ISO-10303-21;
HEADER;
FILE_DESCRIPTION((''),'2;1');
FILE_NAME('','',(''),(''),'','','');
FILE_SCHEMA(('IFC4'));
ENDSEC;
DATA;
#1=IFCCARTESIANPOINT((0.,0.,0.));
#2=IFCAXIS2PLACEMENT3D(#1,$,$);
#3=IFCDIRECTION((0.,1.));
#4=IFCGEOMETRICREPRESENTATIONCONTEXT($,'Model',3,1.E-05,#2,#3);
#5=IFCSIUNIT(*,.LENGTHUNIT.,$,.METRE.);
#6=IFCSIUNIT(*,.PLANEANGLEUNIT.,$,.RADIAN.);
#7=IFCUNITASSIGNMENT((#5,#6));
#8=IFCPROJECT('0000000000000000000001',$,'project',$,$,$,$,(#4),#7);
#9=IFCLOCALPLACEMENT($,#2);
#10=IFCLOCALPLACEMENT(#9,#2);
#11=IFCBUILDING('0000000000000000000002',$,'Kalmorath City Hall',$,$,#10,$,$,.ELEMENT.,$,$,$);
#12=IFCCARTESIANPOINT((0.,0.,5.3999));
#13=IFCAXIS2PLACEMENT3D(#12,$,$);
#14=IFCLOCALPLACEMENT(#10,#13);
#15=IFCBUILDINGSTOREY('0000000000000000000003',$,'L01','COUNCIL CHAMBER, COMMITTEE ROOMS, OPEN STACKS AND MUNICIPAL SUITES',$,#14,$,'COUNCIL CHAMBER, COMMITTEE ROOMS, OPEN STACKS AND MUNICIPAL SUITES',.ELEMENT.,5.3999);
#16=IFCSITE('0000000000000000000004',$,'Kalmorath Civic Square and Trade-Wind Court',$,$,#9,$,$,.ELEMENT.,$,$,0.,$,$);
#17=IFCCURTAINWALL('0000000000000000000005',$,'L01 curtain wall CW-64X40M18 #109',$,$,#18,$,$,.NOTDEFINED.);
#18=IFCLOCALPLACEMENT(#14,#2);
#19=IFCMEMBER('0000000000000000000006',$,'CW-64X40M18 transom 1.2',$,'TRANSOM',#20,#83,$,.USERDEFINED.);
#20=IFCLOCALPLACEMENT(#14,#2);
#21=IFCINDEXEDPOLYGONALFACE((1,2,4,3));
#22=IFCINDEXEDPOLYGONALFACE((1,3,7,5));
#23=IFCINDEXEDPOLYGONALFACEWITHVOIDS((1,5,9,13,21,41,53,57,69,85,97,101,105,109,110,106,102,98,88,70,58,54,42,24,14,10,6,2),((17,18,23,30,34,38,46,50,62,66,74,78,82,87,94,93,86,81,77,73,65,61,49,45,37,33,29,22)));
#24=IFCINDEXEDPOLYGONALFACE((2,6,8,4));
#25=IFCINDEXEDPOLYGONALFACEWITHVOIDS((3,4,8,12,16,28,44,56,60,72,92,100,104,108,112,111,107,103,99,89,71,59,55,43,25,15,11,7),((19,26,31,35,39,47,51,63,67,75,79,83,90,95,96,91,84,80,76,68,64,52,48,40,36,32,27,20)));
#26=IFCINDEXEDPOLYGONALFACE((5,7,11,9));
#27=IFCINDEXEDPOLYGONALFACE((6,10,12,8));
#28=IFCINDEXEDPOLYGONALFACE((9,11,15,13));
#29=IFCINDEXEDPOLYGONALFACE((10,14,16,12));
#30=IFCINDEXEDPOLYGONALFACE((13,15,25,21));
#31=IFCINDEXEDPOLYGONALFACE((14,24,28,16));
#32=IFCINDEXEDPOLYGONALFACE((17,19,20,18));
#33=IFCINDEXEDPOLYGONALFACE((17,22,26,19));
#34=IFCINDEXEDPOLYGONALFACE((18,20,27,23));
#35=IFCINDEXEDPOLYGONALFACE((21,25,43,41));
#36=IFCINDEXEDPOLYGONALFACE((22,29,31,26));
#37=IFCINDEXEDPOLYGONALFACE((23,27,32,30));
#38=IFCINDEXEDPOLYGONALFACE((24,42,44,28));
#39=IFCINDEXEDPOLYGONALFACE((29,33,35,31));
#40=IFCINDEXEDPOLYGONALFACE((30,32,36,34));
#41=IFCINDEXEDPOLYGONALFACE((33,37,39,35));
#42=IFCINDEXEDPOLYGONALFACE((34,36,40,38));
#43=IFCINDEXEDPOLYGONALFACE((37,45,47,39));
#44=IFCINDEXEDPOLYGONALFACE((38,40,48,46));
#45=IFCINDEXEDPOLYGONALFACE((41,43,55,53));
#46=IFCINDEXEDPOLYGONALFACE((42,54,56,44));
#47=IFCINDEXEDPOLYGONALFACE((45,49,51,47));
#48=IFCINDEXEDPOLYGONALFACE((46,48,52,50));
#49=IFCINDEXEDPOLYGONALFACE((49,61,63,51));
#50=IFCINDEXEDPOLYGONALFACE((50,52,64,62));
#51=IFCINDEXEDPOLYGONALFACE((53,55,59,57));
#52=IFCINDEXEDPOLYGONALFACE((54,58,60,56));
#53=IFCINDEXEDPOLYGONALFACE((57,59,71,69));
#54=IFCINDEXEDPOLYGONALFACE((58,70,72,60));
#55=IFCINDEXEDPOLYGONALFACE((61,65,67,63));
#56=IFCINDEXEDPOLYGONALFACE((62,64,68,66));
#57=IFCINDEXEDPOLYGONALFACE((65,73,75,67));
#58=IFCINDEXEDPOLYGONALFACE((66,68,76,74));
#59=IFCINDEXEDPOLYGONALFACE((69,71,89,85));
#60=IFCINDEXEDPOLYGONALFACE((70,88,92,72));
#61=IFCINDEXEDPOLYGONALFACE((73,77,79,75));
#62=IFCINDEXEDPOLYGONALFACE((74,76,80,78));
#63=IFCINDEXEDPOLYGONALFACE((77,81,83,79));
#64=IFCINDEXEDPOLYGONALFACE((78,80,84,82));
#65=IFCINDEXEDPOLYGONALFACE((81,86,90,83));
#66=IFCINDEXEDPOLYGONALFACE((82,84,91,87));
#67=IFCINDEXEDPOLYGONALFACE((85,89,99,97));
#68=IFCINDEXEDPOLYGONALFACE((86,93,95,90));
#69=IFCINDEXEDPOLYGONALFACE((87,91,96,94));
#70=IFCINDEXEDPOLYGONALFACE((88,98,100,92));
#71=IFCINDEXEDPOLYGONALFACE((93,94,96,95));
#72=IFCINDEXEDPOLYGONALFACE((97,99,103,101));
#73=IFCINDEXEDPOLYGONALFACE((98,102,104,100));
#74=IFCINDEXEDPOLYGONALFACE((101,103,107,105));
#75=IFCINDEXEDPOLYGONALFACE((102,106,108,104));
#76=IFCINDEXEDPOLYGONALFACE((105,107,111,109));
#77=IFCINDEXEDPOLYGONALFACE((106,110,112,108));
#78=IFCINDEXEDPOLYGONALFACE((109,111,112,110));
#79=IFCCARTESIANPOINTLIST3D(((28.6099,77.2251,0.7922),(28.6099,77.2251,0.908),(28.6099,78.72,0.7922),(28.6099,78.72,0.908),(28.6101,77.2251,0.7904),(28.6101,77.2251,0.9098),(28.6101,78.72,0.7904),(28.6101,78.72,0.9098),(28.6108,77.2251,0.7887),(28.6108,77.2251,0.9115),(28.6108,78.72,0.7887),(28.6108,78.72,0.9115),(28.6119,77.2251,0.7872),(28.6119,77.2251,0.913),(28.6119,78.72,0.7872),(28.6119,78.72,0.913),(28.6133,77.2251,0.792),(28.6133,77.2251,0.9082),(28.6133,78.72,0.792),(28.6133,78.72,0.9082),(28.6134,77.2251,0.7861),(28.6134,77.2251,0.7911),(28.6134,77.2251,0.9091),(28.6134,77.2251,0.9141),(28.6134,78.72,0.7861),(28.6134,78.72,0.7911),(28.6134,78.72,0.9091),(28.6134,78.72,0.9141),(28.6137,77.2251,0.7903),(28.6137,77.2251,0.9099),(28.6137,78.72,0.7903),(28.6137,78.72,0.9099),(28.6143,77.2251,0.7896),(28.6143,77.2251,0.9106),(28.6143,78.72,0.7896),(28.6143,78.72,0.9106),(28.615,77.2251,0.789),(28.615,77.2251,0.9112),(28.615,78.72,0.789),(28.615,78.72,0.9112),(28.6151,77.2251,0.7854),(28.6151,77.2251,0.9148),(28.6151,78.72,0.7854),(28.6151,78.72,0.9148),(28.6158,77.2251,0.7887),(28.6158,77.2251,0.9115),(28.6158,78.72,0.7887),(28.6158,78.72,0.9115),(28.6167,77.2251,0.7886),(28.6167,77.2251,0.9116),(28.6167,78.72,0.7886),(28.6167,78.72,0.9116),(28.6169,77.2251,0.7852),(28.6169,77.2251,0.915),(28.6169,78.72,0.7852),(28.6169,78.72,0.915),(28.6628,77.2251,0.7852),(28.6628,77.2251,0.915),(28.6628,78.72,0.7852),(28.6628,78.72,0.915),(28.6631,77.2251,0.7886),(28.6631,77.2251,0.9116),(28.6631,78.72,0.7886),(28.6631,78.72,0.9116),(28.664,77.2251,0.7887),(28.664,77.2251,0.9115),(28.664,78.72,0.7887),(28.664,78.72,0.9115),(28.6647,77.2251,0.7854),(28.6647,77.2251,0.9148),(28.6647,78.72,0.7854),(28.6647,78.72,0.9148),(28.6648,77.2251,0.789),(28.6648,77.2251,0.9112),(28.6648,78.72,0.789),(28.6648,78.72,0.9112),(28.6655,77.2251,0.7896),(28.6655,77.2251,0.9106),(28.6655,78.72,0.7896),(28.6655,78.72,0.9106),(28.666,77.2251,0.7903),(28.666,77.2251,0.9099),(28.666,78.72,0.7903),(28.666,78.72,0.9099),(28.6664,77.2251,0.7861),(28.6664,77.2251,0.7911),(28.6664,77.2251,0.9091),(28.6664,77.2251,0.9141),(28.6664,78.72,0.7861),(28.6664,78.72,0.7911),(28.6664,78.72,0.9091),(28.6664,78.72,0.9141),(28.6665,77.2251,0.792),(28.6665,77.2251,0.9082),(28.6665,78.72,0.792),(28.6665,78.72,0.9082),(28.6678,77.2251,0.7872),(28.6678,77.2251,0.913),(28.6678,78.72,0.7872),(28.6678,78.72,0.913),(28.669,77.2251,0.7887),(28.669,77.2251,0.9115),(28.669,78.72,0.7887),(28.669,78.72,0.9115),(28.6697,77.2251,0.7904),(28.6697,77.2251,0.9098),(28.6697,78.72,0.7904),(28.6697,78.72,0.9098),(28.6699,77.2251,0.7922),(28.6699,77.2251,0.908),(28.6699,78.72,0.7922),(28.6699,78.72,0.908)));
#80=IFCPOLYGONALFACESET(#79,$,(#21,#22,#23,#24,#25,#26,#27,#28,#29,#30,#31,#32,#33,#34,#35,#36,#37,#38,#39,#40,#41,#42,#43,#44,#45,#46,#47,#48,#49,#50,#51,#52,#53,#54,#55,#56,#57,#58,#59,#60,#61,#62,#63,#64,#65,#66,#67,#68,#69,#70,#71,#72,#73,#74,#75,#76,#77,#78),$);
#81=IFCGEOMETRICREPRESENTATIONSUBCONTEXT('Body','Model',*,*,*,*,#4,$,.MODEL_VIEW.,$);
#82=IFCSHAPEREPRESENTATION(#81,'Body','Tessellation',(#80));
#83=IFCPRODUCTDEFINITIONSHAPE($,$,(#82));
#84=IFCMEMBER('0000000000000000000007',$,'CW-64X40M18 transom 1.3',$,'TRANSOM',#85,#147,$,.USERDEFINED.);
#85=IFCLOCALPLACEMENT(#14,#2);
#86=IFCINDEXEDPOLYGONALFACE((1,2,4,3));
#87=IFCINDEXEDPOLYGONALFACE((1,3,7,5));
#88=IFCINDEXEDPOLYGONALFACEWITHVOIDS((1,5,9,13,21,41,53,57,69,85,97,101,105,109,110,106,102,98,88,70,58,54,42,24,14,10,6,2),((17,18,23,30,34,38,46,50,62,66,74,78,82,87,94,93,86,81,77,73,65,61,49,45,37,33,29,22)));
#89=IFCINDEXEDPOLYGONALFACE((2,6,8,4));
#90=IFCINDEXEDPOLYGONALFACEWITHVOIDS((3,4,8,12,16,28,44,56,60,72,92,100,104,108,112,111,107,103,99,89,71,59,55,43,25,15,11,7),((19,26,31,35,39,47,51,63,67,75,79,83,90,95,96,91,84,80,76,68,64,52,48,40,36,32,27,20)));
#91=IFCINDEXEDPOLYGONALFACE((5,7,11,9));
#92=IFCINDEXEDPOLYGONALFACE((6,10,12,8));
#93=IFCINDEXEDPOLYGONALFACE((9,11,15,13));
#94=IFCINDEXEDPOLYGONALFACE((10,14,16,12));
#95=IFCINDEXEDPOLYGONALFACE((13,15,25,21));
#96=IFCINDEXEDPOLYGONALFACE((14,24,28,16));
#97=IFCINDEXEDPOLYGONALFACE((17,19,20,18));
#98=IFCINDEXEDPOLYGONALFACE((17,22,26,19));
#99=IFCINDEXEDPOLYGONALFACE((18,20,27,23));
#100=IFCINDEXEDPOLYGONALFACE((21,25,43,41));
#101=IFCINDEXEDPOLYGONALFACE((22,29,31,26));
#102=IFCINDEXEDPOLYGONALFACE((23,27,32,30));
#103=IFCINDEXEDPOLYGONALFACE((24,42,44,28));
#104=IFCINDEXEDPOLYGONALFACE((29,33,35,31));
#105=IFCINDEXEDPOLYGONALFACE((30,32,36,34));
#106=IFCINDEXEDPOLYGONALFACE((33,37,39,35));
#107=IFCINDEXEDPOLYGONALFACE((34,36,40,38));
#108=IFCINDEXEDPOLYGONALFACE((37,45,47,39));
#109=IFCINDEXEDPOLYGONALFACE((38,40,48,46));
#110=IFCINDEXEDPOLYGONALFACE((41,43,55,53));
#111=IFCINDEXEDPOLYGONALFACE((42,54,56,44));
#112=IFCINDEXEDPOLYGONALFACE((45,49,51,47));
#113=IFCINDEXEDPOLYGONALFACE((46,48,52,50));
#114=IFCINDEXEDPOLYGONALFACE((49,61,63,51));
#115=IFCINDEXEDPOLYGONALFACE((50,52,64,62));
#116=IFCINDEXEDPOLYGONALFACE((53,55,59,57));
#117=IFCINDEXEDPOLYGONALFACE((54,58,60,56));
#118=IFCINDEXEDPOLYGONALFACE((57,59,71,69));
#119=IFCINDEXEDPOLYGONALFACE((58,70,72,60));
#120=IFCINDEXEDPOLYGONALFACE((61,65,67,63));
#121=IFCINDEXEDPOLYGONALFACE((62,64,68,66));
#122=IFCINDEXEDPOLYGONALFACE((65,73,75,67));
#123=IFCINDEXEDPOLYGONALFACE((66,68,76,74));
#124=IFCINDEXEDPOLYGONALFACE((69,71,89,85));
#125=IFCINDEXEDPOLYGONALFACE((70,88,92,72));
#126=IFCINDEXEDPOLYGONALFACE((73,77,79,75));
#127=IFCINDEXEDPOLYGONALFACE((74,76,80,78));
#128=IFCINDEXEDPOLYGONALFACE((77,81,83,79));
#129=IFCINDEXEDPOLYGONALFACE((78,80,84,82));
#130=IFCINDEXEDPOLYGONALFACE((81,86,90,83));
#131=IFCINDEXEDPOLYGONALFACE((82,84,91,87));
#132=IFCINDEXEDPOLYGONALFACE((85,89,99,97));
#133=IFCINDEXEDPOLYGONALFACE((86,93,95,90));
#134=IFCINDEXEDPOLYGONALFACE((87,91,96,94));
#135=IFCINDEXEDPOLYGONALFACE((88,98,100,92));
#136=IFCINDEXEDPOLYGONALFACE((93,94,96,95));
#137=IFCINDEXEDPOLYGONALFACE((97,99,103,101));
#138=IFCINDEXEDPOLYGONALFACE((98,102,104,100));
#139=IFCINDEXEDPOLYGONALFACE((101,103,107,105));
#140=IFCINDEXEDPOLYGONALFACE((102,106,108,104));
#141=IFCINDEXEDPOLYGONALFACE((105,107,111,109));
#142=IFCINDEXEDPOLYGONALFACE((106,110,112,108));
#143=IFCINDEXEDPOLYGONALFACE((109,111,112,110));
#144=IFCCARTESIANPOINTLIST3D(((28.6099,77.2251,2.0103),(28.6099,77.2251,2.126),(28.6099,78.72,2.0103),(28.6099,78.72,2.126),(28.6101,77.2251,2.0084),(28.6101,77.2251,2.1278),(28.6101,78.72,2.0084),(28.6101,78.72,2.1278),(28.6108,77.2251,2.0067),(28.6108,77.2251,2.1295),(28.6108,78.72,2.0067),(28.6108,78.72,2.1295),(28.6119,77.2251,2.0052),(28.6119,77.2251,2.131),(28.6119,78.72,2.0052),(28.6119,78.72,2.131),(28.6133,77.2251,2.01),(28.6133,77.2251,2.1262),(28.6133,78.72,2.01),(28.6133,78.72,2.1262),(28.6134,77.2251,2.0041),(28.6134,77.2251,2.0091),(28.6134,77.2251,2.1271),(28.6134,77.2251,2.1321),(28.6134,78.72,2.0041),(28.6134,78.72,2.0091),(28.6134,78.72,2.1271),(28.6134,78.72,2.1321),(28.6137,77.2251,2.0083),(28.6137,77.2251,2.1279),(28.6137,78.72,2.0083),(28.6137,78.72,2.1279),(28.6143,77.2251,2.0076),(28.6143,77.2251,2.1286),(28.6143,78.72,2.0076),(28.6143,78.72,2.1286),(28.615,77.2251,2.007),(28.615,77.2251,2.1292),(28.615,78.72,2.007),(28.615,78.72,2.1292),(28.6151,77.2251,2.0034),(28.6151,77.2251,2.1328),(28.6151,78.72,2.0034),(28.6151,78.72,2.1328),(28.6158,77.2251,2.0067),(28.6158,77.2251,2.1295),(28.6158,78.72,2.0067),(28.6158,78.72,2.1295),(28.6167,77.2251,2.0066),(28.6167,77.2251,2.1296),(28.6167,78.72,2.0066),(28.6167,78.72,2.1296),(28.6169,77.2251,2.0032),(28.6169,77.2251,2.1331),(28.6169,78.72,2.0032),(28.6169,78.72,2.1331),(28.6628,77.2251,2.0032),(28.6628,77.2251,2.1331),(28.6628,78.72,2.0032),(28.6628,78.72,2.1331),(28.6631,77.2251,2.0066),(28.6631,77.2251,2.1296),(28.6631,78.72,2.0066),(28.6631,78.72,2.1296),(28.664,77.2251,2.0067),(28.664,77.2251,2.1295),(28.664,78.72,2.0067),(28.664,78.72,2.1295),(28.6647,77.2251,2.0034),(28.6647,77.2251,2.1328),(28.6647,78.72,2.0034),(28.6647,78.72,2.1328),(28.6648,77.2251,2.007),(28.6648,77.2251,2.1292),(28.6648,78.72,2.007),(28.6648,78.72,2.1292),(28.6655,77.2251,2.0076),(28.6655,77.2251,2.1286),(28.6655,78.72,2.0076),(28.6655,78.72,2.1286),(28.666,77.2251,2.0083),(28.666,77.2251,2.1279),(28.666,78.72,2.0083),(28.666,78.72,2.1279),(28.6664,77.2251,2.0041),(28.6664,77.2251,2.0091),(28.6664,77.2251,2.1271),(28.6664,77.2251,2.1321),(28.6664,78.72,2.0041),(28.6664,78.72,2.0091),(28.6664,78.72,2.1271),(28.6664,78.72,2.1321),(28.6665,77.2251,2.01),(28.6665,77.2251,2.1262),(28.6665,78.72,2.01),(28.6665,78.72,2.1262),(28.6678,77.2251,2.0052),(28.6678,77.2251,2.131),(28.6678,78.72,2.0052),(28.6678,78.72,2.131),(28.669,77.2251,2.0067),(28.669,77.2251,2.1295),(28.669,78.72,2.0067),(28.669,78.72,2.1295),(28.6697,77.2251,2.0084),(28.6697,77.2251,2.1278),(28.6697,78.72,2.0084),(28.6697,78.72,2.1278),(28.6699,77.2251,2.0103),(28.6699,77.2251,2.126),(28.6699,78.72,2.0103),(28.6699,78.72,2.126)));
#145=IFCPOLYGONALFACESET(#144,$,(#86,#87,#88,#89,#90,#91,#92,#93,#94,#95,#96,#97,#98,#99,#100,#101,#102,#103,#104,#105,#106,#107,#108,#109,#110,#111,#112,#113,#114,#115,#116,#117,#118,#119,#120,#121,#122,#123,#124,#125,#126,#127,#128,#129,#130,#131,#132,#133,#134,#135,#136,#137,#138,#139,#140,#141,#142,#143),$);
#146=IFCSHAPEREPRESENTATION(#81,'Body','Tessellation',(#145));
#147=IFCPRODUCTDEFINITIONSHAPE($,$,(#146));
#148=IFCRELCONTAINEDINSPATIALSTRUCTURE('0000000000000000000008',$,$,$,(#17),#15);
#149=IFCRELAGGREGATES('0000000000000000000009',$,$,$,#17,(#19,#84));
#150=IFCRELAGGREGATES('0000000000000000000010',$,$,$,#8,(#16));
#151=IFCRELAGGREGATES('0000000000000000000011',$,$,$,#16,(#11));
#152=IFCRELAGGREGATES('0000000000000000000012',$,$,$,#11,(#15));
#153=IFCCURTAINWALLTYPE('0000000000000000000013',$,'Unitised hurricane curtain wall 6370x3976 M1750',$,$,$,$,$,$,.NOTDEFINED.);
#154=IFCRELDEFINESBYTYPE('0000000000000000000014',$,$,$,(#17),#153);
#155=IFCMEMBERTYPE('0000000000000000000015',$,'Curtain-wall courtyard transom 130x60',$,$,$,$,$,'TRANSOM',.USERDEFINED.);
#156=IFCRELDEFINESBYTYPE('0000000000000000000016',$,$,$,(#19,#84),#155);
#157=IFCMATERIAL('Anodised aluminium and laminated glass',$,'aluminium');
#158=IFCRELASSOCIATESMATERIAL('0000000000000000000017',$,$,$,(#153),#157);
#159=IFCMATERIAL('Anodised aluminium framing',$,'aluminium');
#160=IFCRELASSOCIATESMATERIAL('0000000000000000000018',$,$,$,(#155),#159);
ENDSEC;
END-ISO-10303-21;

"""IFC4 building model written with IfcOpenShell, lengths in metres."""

from ifc_helpers import new_model, si_unit, direction, frame, origin, origin_2d, place, context, subcontext, project, spatial, hollow_rectangle, extrude, material, material_profile, profile_set, type_object, element, aggregate, save


model = new_model("IFC4")

# Units and contexts
model_context = context("Model", 3, precision=1e-05, world=origin(), true_north=direction((0.0, 1.0)))
body_context = subcontext(model_context, "Body", "Model", "MODEL_VIEW")
ifc_project = project(units=[si_unit("LENGTHUNIT", "METRE"), si_unit("PLANEANGLEUNIT", "RADIAN")], contexts=[model_context])

# Site, building, storey
site_placement = place(None, origin())
site = spatial("IfcSite", under=ifc_project, at=site_placement, Name="Kalmorath Civic Square and Trade-Wind Court", CompositionType="ELEMENT", RefElevation=0.0)
building_placement = place(site_placement, origin())
building = spatial("IfcBuilding", under=site, at=building_placement, Name="Kalmorath City Hall", CompositionType="ELEMENT")
storey_placement = place(building_placement, frame((0.0, 0.0, 5.3999)))
storey = spatial("IfcBuildingStorey", under=building, at=storey_placement, Name="L01", Description="COUNCIL CHAMBER, COMMITTEE ROOMS, OPEN STACKS AND MUNICIPAL SUITES", LongName="COUNCIL CHAMBER, COMMITTEE ROOMS, OPEN STACKS AND MUNICIPAL SUITES", CompositionType="ELEMENT", Elevation=5.3999)

# Shared definitions
ifc_material_1 = material(Name="Anodised aluminium and laminated glass", Category="aluminium")
curtain_wall_type = type_object("IfcCurtainWallType", Name="Unitised hurricane curtain wall 6370x3976 M1750", PredefinedType="NOTDEFINED", material=ifc_material_1)

# Curtain wall
curtain_wall_1_placement = place(storey_placement, origin())
curtain_wall_1 = element("IfcCurtainWall", 1, at=curtain_wall_1_placement, inside=storey, type_object=curtain_wall_type, Name="L01 curtain wall CW-64X40M18 #109", PredefinedType="NOTDEFINED")

# Members
ifc_material_2 = material(Name="Anodised aluminium framing", Category="aluminium")
ifc_material_profile_1 = material_profile(ifc_material_2, hollow_rectangle(XDim=0.0601, YDim=0.1299, WallThickness=0.0034, InnerFilletRadius=0.0034, OuterFilletRadius=0.0071, at=origin_2d()), Name="ALU-TRN-130X60X3.5")
ifc_profile_set_1 = profile_set([ifc_material_profile_1], Name="Anodised aluminium framing")
member_type_1 = type_object("IfcMemberType", Name="Curtain-wall courtyard transom 130x60", ElementType="TRANSOM", PredefinedType="USERDEFINED", material=ifc_profile_set_1)
member_1_placement = place(storey_placement, frame((28.6399, 78.72, 0.8501), z_axis=(0.0, -1.0, 0.0), x_axis=(1.0, 0.0, 0.0)))
member_1 = element("IfcMember", 2, at=member_1_placement, type_object=member_type_1, Name="CW-64X40M18 transom 1.2", ObjectType="TRANSOM", PredefinedType="USERDEFINED", context=body_context, shape_type="SweptSolid", body=[
    extrude(hollow_rectangle(XDim=0.0601, YDim=0.1299, WallThickness=0.0034, InnerFilletRadius=0.0034, OuterFilletRadius=0.0071, at=origin_2d()), origin(), (0.0, 0.0, 1.0), 1.4949),
])
member_2_placement = place(storey_placement, frame((28.6399, 78.72, 2.0681), z_axis=(0.0, -1.0, 0.0), x_axis=(1.0, 0.0, 0.0)))
member_2 = element("IfcMember", 3, at=member_2_placement, type_object=member_type_1, Name="CW-64X40M18 transom 1.3", ObjectType="TRANSOM", PredefinedType="USERDEFINED", context=body_context, shape_type="SweptSolid", body=[
    extrude(hollow_rectangle(XDim=0.0601, YDim=0.1299, WallThickness=0.0034, InnerFilletRadius=0.0034, OuterFilletRadius=0.0071, at=origin_2d()), origin(), (0.0, 0.0, 1.0), 1.4949),
])

aggregate(curtain_wall_1, [member_1, member_2])

save(model, "model.ifc")
